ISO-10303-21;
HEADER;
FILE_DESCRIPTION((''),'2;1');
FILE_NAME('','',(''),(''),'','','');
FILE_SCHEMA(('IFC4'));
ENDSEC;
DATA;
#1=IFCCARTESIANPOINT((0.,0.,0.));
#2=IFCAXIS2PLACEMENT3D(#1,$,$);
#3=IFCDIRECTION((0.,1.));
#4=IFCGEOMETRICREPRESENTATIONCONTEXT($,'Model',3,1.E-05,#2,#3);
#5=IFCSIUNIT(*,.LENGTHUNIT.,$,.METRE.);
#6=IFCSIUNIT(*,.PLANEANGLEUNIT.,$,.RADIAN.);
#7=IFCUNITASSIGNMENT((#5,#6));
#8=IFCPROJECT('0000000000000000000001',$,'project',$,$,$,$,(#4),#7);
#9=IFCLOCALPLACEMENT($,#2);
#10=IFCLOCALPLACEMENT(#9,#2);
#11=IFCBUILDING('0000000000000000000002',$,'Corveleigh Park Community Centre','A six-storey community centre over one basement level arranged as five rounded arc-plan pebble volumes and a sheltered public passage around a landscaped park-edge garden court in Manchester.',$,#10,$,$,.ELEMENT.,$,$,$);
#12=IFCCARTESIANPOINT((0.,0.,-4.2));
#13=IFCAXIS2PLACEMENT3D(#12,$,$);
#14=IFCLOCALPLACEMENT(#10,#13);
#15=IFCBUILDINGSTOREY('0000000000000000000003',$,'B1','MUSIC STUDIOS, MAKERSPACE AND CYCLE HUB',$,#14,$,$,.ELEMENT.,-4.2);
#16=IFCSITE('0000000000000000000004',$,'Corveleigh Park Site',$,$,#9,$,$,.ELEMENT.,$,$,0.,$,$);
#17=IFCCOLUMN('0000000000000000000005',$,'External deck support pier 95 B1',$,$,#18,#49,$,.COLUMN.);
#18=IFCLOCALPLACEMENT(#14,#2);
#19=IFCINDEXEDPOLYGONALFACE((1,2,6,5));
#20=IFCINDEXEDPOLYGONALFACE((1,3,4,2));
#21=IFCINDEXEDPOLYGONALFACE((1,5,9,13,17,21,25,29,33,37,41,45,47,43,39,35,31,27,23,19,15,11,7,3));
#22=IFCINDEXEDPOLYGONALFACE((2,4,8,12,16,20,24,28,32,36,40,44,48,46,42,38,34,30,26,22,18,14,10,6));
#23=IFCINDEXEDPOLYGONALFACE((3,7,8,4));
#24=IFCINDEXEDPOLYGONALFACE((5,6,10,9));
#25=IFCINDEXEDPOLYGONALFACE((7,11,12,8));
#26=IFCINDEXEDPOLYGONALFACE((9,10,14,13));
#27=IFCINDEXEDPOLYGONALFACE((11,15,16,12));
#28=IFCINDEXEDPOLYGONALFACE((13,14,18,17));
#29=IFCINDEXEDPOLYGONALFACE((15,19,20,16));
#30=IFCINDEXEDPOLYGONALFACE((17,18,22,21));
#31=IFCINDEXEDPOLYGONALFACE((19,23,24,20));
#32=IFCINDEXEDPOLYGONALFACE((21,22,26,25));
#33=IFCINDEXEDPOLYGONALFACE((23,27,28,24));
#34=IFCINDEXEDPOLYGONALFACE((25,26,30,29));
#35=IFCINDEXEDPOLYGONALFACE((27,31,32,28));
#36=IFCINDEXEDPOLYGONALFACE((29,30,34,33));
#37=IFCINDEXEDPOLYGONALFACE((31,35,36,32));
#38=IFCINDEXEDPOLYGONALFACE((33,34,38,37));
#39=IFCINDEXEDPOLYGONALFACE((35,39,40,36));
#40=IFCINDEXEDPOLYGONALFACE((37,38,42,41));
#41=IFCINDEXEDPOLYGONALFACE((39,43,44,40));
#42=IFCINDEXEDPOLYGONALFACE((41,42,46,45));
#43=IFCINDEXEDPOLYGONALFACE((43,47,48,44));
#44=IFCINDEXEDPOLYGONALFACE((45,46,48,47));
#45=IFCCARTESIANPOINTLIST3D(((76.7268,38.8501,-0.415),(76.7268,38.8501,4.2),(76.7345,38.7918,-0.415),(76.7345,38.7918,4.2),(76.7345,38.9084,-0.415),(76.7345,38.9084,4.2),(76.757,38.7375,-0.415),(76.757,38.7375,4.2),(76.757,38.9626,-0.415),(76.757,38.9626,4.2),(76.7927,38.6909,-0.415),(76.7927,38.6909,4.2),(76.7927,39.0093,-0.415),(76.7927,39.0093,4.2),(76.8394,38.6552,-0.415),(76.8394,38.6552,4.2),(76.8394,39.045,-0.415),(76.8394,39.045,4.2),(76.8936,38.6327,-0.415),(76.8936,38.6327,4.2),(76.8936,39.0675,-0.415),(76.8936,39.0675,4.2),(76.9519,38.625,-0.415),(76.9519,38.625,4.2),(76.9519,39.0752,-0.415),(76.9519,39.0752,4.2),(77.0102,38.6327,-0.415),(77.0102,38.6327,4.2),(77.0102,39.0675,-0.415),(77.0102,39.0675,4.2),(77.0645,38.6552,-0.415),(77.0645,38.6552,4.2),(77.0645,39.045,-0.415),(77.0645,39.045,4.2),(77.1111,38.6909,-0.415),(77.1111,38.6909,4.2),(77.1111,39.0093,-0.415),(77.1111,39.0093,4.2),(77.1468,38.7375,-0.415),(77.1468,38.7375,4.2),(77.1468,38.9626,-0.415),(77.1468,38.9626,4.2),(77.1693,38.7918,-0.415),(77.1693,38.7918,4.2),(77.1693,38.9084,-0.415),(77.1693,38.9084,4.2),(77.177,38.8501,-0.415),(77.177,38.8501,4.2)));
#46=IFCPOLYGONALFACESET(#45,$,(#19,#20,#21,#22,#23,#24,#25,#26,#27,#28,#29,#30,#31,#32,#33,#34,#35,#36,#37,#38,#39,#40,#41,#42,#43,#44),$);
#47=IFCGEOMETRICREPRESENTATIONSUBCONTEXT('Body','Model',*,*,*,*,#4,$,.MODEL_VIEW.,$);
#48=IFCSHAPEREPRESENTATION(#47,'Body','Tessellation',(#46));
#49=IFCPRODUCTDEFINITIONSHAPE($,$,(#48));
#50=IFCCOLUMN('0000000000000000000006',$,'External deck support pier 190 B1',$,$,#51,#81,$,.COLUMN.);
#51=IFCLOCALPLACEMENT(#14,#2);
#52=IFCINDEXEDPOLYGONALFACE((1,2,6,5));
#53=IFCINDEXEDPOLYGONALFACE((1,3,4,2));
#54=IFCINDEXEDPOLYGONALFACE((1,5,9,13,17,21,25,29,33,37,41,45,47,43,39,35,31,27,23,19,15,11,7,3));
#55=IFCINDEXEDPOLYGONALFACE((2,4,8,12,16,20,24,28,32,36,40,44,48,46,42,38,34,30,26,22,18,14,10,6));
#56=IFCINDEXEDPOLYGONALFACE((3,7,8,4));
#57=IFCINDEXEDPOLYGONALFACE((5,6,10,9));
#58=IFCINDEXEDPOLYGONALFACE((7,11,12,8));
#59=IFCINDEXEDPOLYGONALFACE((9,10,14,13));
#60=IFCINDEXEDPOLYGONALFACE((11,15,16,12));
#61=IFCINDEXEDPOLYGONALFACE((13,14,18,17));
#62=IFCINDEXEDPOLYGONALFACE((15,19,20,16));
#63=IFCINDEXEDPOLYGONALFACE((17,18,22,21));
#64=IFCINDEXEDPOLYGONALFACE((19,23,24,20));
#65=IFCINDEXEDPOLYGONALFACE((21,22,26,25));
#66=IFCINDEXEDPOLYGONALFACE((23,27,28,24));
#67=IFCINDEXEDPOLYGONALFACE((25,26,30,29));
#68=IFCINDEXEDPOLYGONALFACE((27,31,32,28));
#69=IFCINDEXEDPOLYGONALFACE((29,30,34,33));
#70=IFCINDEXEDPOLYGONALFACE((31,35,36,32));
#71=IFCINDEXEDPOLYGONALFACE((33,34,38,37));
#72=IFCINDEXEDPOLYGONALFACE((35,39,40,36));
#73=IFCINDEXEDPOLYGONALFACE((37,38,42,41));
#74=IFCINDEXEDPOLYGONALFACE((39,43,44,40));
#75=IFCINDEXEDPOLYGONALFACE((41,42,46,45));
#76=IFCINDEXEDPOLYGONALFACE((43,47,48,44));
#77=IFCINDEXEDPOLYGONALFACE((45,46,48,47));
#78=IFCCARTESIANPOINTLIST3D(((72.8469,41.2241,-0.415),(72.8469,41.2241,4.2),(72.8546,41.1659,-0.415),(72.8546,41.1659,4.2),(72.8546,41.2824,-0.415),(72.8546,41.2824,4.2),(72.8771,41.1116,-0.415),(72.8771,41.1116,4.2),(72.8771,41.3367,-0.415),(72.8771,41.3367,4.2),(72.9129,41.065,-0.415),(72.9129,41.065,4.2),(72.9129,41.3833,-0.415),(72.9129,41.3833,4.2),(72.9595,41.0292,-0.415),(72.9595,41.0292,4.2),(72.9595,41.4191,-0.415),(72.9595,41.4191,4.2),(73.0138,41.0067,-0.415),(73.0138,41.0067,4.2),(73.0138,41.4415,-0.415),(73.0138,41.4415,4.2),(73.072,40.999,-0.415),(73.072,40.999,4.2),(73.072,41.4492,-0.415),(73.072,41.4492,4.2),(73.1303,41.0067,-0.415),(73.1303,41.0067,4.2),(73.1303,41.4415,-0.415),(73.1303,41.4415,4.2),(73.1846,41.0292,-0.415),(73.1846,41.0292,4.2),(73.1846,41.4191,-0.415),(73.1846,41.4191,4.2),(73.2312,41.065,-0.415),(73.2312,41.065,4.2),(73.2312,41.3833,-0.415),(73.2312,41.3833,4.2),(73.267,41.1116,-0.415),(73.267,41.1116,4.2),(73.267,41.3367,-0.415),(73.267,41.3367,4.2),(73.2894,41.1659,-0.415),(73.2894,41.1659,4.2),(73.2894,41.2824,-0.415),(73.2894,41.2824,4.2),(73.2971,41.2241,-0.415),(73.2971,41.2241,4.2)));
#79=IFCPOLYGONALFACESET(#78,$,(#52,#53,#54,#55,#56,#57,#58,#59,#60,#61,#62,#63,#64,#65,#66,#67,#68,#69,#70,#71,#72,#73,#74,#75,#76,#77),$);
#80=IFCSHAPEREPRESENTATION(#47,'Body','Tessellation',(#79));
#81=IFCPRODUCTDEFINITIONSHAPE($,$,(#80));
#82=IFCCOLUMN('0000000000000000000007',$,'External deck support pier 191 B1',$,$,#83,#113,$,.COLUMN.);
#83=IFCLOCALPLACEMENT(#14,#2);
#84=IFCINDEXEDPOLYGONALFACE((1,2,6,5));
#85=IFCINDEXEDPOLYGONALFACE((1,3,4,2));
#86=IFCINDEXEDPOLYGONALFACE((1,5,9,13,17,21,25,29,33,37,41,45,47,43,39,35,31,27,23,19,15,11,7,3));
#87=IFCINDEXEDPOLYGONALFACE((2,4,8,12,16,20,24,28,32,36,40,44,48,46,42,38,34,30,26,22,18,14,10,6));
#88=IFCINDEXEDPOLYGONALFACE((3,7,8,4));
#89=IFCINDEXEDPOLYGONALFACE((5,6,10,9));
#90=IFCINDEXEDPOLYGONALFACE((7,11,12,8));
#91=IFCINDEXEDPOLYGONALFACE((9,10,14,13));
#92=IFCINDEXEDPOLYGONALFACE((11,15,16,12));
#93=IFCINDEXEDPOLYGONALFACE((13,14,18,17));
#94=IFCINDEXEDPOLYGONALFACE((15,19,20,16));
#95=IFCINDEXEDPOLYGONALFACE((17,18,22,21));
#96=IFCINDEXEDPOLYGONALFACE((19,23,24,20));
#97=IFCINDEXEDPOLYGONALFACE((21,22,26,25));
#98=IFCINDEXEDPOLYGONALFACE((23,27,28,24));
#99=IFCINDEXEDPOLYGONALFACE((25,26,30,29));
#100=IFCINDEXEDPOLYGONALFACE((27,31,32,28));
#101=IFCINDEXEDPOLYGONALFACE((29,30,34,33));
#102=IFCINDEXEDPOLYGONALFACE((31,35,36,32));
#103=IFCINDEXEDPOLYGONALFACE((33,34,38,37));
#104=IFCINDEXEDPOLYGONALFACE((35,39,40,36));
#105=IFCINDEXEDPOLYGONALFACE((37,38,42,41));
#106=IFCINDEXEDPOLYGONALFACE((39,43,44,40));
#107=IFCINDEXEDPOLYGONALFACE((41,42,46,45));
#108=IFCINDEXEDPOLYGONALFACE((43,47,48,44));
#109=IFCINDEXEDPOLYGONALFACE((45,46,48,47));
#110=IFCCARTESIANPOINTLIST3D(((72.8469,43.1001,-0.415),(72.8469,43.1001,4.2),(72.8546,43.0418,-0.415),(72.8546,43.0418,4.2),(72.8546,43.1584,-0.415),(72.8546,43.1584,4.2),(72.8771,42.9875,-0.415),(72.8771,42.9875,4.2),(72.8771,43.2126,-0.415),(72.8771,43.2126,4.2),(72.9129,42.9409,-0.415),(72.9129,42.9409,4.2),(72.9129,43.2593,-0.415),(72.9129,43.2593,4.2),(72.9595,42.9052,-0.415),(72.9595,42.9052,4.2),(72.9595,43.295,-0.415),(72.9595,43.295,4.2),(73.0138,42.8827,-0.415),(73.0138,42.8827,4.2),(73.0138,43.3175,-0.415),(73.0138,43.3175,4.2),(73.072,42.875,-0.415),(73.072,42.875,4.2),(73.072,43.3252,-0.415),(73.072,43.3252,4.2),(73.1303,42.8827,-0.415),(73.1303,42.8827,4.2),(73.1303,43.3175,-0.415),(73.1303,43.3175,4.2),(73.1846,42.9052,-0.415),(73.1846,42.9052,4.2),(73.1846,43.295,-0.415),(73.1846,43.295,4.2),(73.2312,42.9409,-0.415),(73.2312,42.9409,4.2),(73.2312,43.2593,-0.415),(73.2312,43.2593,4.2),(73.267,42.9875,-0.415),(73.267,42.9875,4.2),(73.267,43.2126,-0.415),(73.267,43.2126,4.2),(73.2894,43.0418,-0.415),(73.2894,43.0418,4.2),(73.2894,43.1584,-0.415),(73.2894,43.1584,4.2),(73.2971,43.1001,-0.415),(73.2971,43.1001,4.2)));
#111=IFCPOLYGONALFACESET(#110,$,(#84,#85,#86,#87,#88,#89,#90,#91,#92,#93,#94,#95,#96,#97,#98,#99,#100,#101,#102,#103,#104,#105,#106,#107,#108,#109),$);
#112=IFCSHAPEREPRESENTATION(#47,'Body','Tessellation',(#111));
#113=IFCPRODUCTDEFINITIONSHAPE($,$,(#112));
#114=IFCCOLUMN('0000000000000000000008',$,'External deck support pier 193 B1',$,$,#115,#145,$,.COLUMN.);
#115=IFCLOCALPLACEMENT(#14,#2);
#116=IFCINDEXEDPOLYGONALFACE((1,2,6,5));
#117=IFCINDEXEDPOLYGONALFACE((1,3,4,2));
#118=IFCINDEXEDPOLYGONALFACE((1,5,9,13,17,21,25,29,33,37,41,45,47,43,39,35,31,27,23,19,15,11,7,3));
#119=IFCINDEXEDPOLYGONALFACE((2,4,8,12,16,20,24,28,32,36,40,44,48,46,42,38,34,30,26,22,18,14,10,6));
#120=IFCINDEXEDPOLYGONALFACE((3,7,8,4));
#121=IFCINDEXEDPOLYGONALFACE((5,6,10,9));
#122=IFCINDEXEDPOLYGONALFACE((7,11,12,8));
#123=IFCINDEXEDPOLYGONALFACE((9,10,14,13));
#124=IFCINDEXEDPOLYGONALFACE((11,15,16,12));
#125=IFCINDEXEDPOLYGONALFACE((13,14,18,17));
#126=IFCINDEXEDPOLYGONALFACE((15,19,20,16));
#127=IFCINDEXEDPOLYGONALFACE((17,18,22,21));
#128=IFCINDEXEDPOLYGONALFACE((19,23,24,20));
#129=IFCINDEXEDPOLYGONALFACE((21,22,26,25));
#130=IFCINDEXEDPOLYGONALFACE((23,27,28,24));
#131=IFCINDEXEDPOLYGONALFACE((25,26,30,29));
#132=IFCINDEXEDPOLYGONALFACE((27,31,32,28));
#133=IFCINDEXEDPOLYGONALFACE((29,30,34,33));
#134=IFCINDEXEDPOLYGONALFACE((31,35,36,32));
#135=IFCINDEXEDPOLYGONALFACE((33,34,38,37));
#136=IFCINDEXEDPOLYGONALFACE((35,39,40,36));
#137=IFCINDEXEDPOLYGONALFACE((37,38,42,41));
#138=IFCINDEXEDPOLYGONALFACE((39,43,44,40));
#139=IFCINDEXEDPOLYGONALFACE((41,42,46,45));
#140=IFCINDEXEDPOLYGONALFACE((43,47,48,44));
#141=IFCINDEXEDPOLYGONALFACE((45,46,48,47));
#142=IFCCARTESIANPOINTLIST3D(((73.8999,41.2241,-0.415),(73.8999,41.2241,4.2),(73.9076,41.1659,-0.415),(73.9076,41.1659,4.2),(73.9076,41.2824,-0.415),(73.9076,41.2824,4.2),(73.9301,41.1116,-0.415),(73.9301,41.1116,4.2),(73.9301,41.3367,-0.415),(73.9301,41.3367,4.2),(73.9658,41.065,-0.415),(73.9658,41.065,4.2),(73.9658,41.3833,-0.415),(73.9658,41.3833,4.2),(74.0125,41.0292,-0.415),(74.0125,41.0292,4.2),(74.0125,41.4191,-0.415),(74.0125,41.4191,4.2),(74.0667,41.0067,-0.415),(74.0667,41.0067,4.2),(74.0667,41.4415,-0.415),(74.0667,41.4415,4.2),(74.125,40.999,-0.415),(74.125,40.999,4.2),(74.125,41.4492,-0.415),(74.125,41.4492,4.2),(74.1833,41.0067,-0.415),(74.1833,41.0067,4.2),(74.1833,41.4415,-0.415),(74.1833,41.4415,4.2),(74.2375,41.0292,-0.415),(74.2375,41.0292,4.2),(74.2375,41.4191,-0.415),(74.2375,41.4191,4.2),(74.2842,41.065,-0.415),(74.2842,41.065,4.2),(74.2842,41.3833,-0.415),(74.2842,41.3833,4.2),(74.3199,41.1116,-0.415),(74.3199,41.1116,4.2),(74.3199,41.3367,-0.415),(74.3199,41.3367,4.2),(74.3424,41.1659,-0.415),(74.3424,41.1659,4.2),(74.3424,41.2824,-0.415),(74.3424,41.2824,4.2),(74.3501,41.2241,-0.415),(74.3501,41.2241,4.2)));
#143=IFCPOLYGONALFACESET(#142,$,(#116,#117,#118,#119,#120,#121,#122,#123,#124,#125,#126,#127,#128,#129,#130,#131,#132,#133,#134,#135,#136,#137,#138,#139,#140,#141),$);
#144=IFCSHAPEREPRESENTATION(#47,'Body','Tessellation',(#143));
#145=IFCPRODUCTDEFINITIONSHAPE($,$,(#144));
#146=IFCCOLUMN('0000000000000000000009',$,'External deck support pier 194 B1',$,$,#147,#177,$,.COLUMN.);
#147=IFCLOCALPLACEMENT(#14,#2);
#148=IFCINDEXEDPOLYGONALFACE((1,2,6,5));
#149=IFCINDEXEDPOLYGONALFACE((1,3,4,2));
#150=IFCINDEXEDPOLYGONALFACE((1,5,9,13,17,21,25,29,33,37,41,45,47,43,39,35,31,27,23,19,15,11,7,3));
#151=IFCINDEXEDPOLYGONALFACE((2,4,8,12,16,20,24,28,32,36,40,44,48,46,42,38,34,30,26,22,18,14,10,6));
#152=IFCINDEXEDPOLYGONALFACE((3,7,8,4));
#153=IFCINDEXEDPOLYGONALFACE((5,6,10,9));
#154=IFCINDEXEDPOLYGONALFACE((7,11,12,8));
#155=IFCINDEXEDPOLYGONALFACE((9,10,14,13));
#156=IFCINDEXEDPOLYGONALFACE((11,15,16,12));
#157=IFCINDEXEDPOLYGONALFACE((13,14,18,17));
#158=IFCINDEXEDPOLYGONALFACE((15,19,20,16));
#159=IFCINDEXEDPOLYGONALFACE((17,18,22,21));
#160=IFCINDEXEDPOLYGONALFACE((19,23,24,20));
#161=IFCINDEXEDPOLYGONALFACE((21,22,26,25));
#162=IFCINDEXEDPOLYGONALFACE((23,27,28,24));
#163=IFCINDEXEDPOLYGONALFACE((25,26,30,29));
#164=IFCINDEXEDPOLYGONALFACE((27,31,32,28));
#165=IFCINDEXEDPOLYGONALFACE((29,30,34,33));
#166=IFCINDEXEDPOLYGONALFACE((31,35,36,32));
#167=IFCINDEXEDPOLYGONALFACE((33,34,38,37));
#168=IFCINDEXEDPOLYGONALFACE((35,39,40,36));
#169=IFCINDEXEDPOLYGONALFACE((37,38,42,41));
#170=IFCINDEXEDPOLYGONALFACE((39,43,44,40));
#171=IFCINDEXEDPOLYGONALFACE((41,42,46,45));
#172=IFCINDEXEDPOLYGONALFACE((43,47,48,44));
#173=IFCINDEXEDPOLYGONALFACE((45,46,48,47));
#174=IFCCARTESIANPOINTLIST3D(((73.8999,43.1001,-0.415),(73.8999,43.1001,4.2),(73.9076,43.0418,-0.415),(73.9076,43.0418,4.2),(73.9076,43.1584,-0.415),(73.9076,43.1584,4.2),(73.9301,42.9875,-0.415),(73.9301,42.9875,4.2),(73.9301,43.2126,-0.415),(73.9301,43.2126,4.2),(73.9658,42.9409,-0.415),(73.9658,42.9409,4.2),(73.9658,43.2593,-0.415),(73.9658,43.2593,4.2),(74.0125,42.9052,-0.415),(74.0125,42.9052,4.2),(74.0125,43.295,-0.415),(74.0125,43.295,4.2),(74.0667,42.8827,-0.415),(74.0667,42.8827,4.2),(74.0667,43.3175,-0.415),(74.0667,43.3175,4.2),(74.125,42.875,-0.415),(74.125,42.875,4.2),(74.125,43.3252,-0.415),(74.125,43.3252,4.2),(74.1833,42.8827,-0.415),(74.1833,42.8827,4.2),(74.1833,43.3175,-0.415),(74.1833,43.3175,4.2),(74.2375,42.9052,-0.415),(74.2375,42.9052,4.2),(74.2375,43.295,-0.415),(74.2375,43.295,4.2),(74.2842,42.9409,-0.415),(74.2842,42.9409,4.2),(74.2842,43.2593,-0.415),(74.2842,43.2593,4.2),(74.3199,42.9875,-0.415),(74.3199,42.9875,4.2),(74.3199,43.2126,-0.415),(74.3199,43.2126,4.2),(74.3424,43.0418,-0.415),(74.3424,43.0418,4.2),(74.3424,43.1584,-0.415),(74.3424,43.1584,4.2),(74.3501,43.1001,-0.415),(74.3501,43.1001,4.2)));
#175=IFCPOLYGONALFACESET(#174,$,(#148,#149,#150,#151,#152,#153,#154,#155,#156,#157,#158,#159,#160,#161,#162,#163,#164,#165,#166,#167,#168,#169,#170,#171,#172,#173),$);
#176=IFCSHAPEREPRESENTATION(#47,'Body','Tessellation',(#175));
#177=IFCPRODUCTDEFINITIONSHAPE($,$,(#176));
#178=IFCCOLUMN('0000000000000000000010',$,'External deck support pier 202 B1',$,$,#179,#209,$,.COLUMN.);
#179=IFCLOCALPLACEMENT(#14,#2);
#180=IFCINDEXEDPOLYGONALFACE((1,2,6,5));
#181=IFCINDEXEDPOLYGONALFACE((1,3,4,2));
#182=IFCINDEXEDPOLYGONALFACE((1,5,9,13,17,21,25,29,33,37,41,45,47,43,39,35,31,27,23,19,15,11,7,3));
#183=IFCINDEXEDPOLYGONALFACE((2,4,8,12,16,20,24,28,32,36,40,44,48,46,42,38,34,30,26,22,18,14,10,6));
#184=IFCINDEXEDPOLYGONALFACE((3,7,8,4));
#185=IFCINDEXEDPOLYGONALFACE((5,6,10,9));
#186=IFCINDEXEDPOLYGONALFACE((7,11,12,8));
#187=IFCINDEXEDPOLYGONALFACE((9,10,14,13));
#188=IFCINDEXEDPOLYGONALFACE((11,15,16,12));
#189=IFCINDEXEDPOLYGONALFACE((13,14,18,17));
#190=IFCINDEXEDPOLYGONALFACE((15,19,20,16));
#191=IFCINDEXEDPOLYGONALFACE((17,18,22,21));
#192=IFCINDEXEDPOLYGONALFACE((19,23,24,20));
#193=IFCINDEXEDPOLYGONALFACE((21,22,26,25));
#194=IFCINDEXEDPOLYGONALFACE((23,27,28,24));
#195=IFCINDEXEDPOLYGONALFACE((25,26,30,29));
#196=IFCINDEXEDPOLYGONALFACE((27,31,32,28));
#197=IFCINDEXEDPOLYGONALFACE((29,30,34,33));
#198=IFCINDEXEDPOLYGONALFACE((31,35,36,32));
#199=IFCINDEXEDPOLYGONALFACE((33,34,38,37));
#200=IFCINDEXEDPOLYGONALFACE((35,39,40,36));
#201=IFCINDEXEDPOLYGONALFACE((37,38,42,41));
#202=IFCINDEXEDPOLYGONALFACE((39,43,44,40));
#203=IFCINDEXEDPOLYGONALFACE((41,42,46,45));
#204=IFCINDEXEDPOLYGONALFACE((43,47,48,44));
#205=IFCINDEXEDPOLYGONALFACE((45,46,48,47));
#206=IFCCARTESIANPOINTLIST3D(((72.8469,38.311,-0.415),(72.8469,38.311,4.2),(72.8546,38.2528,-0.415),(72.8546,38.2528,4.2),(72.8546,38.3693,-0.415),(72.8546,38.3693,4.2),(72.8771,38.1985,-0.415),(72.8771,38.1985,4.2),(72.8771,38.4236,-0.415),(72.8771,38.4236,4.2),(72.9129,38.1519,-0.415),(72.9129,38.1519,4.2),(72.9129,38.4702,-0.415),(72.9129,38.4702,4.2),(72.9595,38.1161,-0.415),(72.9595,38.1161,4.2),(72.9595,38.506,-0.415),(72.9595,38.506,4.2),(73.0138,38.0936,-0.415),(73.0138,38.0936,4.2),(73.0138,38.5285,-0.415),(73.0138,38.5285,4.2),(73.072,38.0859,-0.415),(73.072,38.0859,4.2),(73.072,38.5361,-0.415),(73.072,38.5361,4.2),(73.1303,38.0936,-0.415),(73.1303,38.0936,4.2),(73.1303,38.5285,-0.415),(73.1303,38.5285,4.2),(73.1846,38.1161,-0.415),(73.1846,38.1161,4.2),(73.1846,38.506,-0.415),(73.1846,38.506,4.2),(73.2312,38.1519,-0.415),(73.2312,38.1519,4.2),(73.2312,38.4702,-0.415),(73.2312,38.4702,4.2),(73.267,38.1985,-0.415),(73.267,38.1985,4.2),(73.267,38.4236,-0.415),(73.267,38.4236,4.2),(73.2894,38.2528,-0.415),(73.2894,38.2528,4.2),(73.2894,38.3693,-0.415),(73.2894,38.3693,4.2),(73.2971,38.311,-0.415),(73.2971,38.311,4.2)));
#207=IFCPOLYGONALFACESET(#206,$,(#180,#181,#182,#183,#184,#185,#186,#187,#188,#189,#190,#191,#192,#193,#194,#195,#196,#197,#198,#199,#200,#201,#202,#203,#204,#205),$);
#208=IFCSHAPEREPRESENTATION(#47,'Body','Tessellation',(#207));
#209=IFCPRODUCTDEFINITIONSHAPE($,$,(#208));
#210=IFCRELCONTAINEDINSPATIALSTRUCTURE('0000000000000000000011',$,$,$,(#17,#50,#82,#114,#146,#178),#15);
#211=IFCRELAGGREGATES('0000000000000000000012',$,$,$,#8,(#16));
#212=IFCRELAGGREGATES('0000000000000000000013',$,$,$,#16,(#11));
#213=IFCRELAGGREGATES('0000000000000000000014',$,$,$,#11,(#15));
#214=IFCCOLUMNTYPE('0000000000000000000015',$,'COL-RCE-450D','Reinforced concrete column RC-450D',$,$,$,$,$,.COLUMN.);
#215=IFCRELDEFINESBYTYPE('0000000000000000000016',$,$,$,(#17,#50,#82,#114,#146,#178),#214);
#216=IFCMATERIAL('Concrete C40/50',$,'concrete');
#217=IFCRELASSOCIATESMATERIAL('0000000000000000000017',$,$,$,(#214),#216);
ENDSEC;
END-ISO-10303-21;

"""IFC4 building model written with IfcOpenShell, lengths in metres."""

from ifc_helpers import new_model, si_unit, direction, frame, origin, origin_2d, place, context, subcontext, project, spatial, circle, extrude, material, material_profile, profile_set, type_object, element, save


model = new_model("IFC4")

# Units and contexts
model_context = context("Model", 3, precision=1e-05, world=origin(), true_north=direction((0.0, 1.0)))
body_context = subcontext(model_context, "Body", "Model", "MODEL_VIEW")
ifc_project = project(units=[si_unit("LENGTHUNIT", "METRE"), si_unit("PLANEANGLEUNIT", "RADIAN")], contexts=[model_context])

# Site, building, storey
site_placement = place(None, origin())
site = spatial("IfcSite", under=ifc_project, at=site_placement, Name="Corveleigh Park Site", CompositionType="ELEMENT", RefElevation=0.0)
building_placement = place(site_placement, origin())
building = spatial("IfcBuilding", under=site, at=building_placement, Name="Corveleigh Park Community Centre", Description="A six-storey community centre over one basement level arranged as five rounded arc-plan pebble volumes and a sheltered public passage around a landscaped park-edge garden court in Manchester.", CompositionType="ELEMENT")
storey_placement = place(building_placement, frame((0.0, 0.0, -4.2)))
storey = spatial("IfcBuildingStorey", under=building, at=storey_placement, Name="B1", Description="MUSIC STUDIOS, MAKERSPACE AND CYCLE HUB", CompositionType="ELEMENT", Elevation=-4.2)

# Shared definitions
ifc_material_1 = material(Name="Concrete C40/50", Category="concrete")

# Columns
ifc_material_profile_1 = material_profile(ifc_material_1, circle(Radius=0.2251, at=origin_2d()), Name="RC-450D", Category="concrete")
ifc_profile_set_1 = profile_set([ifc_material_profile_1], Name="Concrete C40/50")
column_type_1 = type_object("IfcColumnType", Name="COL-RCE-450D", Description="Reinforced concrete column RC-450D", PredefinedType="COLUMN", material=ifc_profile_set_1)
for number, where, z_axis, x_axis, name in (
    (1, (76.9519, 38.8501, -0.415), (0.0, 0.0, 1.0), (1.0, 0.0, 0.0), "External deck support pier 95 B1"),
    (2, (73.072, 41.2241, -0.415), (0.0, 0.0, 1.0), (1.0, 0.0, 0.0), "External deck support pier 190 B1"),
    (3, (73.072, 43.1001, -0.415), (0.0, 0.0, 1.0), (1.0, 0.0, 0.0), "External deck support pier 191 B1"),
    (4, (74.125, 41.2241, -0.415), (0.0, 0.0, 1.0), (1.0, 0.0, 0.0), "External deck support pier 193 B1"),
    (5, (74.125, 43.1001, -0.415), (0.0, 0.0, 1.0), (1.0, 0.0, 0.0), "External deck support pier 194 B1"),
    (6, (73.072, 38.311, -0.415), (0.0, 0.0, 1.0), (1.0, 0.0, 0.0), "External deck support pier 202 B1"),
):
    element("IfcColumn", number, at=place(storey_placement, frame(where, z_axis=z_axis, x_axis=x_axis)), inside=storey, type_object=column_type_1, Name=name, PredefinedType="COLUMN", context=body_context, shape_type="SweptSolid", body=[
        extrude(circle(Radius=0.2251, at=origin_2d()), origin(), (0.0, 0.0, 1.0), 4.615),
    ])

save(model, "model.ifc")
